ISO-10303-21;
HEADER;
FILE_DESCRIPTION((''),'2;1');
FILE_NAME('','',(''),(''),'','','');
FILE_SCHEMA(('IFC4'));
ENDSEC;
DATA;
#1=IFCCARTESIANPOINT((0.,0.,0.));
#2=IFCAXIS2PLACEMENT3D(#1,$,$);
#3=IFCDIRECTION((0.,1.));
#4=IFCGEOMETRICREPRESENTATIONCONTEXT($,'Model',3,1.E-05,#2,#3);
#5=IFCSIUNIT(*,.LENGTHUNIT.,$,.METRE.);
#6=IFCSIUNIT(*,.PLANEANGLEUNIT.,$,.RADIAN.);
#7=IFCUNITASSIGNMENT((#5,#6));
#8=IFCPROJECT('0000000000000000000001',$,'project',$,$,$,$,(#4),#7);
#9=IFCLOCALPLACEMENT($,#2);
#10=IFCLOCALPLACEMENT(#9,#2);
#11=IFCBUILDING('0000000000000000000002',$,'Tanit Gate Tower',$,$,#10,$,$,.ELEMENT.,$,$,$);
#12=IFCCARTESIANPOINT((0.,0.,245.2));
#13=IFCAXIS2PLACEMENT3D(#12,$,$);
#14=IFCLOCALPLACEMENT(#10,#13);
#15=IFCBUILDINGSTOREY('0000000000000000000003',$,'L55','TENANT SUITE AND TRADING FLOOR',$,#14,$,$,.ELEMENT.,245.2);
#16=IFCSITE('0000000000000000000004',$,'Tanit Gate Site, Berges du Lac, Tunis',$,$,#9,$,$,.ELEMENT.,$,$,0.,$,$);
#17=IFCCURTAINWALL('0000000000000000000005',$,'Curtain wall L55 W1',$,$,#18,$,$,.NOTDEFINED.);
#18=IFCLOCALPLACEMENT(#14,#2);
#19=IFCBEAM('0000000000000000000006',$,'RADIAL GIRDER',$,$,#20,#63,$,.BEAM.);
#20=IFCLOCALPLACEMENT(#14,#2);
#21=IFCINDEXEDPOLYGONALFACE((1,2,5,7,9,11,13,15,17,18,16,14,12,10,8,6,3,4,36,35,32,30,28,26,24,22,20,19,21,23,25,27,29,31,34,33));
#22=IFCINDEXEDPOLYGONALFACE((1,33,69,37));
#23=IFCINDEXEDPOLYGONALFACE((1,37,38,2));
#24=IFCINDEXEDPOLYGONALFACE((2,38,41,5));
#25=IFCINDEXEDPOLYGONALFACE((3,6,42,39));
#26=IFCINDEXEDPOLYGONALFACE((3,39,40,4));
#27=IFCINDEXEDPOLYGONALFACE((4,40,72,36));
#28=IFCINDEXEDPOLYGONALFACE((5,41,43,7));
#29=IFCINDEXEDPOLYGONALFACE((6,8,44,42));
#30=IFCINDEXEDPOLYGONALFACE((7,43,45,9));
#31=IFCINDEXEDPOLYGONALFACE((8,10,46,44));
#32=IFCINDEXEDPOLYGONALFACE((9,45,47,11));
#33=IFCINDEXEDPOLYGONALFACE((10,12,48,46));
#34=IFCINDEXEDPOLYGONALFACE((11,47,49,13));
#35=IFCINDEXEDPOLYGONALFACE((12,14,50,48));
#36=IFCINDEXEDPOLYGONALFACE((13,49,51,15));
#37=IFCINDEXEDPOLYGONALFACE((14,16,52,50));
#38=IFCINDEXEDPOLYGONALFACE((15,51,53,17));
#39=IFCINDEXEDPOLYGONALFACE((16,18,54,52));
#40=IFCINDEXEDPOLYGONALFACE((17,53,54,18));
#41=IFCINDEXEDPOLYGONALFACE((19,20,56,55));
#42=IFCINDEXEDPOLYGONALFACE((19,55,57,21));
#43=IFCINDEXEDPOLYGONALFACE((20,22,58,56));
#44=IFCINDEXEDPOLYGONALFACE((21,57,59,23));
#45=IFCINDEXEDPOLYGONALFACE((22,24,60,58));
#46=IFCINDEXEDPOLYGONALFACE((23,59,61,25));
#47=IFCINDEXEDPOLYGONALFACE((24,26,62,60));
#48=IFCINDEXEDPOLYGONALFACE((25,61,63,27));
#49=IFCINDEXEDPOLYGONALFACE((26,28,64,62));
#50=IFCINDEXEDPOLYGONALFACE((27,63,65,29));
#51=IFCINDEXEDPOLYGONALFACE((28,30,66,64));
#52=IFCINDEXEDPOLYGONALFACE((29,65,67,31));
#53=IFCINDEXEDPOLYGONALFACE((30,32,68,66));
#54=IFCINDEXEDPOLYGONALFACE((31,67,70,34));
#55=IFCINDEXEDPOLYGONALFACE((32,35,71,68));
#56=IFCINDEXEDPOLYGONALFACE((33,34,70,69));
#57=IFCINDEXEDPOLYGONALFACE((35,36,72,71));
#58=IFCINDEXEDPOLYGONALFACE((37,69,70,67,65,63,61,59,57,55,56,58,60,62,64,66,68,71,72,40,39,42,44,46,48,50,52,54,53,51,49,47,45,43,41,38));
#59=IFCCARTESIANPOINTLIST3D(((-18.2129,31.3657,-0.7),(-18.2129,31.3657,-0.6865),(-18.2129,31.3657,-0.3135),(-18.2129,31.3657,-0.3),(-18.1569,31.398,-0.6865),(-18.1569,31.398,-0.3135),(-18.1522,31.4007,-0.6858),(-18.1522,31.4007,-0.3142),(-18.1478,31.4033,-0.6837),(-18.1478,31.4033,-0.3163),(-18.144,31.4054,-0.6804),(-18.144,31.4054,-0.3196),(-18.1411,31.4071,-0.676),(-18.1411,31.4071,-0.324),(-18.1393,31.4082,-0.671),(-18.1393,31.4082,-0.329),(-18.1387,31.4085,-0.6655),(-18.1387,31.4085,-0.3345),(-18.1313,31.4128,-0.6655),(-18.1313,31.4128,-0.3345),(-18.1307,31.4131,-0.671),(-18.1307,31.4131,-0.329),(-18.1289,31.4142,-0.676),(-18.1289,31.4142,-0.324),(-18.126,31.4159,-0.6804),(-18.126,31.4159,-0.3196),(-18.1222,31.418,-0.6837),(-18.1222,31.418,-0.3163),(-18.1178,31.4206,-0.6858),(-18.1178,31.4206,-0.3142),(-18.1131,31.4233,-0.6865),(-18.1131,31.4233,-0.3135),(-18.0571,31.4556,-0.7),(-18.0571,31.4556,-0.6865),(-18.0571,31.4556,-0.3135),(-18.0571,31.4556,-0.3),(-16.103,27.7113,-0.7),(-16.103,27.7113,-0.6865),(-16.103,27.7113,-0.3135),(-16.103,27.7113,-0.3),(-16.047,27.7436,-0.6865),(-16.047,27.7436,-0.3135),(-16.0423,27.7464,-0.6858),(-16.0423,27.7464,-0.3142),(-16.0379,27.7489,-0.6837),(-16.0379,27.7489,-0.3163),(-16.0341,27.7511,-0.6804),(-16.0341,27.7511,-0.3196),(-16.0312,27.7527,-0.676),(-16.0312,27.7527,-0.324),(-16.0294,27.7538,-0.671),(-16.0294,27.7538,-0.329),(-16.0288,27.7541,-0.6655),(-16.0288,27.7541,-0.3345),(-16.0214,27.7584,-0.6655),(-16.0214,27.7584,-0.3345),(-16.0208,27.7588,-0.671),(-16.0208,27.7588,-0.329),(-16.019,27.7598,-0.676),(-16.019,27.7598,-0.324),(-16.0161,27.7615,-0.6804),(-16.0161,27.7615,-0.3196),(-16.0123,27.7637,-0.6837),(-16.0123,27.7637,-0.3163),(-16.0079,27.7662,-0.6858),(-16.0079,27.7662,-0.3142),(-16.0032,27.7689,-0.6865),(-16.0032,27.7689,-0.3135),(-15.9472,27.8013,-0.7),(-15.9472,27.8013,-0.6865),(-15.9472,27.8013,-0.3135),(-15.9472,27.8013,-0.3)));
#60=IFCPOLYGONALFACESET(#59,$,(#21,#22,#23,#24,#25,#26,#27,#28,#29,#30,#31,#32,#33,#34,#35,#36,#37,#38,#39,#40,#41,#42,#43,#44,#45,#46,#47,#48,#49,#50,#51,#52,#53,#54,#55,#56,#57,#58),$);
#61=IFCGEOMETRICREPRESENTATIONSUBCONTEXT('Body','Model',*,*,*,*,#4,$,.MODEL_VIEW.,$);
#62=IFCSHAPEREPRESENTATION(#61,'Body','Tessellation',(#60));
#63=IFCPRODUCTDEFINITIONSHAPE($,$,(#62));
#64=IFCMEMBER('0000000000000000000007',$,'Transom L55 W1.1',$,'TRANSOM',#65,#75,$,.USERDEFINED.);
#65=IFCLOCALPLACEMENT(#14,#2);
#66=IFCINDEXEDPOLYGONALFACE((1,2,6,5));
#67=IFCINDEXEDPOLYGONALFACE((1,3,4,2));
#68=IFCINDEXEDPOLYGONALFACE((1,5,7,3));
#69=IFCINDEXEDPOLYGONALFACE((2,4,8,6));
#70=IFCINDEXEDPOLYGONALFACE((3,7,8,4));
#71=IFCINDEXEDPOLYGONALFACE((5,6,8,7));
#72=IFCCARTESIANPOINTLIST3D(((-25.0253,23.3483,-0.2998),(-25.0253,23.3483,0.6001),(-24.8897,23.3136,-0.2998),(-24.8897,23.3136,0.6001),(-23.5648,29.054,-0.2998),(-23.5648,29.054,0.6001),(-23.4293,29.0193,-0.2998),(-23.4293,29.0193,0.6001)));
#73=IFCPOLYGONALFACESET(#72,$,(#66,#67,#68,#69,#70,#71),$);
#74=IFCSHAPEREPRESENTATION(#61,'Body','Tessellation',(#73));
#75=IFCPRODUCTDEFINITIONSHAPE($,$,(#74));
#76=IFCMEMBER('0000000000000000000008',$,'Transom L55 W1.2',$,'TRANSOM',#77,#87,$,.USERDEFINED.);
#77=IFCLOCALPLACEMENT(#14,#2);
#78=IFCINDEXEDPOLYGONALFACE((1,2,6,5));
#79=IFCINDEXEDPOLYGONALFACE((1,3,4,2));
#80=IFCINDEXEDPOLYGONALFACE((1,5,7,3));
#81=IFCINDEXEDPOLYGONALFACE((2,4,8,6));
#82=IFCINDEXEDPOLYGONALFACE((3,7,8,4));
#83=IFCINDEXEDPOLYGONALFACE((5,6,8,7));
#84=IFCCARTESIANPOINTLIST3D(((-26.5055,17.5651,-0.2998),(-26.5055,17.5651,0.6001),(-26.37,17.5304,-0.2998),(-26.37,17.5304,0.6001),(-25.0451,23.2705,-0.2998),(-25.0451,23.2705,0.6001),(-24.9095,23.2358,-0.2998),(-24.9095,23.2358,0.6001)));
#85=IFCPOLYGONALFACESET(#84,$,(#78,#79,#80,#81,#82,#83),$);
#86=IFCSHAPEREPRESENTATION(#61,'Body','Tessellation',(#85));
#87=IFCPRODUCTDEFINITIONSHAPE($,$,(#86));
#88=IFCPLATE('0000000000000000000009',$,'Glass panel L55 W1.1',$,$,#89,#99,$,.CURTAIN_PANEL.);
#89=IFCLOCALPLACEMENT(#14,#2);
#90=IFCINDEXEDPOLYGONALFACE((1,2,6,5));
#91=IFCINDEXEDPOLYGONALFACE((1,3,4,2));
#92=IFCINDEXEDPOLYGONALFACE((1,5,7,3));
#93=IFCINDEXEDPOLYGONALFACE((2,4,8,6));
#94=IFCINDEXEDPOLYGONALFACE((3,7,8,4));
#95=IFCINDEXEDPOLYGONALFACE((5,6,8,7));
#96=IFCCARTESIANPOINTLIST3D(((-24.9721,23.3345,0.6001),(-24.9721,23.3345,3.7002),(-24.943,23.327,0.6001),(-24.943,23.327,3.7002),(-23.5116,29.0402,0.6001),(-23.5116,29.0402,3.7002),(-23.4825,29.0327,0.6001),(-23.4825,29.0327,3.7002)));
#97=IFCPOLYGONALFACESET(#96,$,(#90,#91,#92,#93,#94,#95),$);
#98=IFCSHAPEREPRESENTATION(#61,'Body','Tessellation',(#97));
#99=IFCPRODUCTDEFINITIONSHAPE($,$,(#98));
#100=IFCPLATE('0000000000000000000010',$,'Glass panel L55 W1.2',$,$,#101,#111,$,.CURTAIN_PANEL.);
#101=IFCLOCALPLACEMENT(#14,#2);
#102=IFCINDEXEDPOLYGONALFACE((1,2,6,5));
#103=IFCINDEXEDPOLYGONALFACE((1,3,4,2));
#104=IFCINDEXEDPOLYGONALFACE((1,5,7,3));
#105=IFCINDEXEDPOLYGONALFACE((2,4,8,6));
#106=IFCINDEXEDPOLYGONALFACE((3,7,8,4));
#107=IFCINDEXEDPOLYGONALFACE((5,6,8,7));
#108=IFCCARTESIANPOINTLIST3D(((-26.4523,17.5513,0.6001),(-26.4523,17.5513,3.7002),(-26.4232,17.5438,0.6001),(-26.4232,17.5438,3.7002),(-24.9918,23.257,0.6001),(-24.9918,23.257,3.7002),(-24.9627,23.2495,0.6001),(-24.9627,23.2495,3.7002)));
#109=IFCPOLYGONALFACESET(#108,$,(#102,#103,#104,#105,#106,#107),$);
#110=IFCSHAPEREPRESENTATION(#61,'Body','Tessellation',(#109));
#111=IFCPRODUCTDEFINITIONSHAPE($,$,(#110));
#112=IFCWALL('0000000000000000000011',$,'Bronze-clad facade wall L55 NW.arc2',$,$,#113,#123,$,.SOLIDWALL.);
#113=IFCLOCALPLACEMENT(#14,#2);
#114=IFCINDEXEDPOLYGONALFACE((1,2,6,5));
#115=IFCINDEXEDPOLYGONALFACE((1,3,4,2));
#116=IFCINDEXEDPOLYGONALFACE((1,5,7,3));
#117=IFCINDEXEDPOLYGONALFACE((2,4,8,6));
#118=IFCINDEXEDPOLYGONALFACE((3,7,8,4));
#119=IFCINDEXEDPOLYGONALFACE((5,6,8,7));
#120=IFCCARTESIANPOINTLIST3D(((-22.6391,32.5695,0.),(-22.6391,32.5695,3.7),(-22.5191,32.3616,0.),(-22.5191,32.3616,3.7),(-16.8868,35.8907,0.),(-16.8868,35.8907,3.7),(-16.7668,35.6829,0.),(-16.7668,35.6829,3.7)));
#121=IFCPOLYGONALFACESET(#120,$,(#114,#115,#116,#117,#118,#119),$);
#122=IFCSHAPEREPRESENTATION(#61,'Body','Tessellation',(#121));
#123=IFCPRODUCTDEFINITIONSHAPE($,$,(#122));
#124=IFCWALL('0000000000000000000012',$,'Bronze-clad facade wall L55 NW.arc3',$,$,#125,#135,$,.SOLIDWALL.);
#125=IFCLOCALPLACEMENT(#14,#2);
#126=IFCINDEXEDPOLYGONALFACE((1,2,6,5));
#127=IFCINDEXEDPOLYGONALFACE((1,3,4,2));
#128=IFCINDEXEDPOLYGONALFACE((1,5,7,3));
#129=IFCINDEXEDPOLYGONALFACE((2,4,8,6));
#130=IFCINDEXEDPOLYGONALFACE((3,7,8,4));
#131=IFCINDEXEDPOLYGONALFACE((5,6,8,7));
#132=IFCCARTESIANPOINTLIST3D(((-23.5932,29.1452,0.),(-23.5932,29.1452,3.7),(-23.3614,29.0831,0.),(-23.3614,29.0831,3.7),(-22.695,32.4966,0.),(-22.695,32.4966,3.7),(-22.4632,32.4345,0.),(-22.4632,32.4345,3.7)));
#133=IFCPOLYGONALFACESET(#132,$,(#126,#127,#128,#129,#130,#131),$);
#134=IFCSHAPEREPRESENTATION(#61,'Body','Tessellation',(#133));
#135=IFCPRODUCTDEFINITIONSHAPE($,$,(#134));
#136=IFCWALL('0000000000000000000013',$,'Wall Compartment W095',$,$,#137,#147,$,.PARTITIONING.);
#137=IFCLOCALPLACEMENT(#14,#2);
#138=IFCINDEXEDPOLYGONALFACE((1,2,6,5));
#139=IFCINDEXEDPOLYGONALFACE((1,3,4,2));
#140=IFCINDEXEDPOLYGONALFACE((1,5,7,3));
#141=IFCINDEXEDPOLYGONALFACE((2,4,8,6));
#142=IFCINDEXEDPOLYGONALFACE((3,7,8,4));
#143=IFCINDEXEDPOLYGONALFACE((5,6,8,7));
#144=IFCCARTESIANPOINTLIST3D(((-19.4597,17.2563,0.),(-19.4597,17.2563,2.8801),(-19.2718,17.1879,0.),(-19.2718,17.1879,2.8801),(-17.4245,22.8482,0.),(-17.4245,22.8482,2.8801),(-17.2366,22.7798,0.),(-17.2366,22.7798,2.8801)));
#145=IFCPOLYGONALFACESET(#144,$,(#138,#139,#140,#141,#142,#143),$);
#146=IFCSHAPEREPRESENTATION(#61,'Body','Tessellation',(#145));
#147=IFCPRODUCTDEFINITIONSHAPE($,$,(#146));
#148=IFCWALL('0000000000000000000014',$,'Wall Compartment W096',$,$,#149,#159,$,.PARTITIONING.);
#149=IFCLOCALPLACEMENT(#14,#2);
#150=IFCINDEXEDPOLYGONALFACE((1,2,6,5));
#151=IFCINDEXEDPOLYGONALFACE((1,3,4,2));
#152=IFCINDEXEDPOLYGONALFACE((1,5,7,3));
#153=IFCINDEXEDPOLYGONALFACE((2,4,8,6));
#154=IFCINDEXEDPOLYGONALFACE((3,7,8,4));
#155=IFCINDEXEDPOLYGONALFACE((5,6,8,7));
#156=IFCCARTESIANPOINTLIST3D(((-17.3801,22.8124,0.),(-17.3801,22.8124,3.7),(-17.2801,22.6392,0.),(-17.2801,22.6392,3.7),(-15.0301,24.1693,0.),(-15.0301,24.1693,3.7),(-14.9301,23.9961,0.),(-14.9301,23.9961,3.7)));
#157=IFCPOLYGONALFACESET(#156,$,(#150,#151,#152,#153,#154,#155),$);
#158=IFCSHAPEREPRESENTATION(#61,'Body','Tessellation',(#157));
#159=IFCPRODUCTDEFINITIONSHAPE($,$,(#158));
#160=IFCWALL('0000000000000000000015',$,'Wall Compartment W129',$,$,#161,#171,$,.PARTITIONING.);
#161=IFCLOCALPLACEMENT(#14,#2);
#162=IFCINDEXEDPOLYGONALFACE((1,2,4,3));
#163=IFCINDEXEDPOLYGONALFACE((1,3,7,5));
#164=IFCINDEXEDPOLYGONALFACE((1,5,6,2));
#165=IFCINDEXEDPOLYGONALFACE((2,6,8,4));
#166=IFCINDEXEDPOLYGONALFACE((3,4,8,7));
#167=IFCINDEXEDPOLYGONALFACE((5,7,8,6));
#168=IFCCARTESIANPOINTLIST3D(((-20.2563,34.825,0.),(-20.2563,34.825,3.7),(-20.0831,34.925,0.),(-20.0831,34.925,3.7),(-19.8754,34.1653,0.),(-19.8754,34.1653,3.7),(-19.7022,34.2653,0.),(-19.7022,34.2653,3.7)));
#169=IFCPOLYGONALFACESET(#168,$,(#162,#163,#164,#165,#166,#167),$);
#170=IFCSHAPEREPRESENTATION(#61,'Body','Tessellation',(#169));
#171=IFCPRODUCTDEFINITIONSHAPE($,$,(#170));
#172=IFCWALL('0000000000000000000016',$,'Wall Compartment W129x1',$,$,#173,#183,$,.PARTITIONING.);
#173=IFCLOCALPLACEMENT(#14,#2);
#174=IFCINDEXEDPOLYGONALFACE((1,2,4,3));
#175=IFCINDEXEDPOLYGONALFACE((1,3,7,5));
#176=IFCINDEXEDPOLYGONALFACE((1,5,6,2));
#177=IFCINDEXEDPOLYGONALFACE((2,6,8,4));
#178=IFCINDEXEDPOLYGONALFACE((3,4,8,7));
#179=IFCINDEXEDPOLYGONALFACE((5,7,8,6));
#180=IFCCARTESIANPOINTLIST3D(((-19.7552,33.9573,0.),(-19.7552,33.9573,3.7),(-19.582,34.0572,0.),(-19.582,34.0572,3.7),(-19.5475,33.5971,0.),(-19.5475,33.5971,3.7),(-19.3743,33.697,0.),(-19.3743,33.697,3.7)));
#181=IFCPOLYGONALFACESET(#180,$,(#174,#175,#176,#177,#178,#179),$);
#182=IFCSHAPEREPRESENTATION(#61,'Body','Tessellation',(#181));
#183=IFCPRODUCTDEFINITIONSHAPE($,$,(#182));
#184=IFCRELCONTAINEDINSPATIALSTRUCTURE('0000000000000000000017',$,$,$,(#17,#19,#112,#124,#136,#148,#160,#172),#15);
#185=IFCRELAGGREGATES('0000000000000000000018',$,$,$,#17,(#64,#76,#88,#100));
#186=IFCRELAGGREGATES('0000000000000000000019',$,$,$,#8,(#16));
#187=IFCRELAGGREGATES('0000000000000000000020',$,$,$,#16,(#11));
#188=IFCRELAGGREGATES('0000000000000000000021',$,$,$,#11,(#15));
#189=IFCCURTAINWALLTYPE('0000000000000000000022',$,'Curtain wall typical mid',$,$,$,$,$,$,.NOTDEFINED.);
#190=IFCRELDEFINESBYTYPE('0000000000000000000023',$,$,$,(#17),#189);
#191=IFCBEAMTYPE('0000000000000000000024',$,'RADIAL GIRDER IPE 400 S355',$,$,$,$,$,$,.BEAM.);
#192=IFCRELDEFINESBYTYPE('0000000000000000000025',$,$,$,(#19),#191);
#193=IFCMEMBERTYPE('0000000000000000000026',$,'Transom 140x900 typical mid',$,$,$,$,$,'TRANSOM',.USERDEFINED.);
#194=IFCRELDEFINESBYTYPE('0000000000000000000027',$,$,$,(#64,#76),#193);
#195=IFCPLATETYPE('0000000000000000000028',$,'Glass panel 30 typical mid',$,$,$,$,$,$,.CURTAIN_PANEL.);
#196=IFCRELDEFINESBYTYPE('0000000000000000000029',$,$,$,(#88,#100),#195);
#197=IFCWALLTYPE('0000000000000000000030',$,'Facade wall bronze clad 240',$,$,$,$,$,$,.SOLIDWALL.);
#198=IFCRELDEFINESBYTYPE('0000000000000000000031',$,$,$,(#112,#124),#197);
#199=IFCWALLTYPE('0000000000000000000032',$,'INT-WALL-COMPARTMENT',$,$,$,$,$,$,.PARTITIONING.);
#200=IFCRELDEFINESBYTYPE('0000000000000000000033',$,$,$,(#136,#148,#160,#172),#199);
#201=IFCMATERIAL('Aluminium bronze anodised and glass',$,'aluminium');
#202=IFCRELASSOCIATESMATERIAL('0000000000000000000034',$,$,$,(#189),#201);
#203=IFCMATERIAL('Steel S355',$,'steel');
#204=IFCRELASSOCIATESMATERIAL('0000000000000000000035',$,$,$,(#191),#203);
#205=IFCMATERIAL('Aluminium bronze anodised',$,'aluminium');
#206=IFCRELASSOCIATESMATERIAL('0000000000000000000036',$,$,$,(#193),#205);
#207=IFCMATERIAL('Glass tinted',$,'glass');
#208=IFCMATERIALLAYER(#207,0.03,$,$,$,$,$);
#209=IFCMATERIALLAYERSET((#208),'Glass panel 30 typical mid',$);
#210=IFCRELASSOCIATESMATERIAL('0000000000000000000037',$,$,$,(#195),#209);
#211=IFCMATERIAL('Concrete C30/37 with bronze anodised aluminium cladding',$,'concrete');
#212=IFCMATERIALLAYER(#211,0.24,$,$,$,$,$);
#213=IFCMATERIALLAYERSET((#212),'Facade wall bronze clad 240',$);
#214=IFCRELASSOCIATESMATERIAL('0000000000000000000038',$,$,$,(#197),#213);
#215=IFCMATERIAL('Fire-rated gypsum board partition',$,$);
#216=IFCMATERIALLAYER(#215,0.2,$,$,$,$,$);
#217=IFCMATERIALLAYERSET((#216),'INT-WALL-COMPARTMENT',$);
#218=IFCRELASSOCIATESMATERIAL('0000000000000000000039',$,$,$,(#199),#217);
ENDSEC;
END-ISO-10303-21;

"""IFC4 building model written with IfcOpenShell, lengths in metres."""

from ifc_helpers import new_model, si_unit, direction, frame, frame_2d, origin, origin_2d, place, context, subcontext, project, spatial, rectangle, i_section, extrude, material, layer, layer_set, material_profile, profile_set, type_object, element, aggregate, save


model = new_model("IFC4")

# Units and contexts
model_context = context("Model", 3, precision=1e-05, world=origin(), true_north=direction((0.0, 1.0)))
body_context = subcontext(model_context, "Body", "Model", "MODEL_VIEW")
ifc_project = project(units=[si_unit("LENGTHUNIT", "METRE"), si_unit("PLANEANGLEUNIT", "RADIAN")], contexts=[model_context])

# Site, building, storey
site_placement = place(None, origin())
site = spatial("IfcSite", under=ifc_project, at=site_placement, Name="Tanit Gate Site, Berges du Lac, Tunis", CompositionType="ELEMENT", RefElevation=0.0)
building_placement = place(site_placement, origin())
building = spatial("IfcBuilding", under=site, at=building_placement, Name="Tanit Gate Tower", CompositionType="ELEMENT")
storey_placement = place(building_placement, frame((0.0, 0.0, 245.2)))
storey = spatial("IfcBuildingStorey", under=building, at=storey_placement, Name="L55", Description="TENANT SUITE AND TRADING FLOOR", CompositionType="ELEMENT", Elevation=245.2)

# Curtain wall
ifc_material_1 = material(Name="Aluminium bronze anodised and glass", Category="aluminium")
curtain_wall_type = type_object("IfcCurtainWallType", Name="Curtain wall typical mid", PredefinedType="NOTDEFINED", material=ifc_material_1)
curtain_wall_placement = place(storey_placement, origin())
curtain_wall = element("IfcCurtainWall", 1, at=curtain_wall_placement, inside=storey, type_object=curtain_wall_type, Name="Curtain wall L55 W1", PredefinedType="NOTDEFINED")

# Beam
ifc_material_2 = material(Name="Steel S355", Category="steel")
ifc_material_profile_1 = material_profile(ifc_material_2, i_section(OverallWidth=0.1799, OverallDepth=0.3999, WebThickness=0.0085, FlangeThickness=0.0134, FilletRadius=0.021, at=origin_2d()), Name="IPE 400")
ifc_profile_set_1 = profile_set([ifc_material_profile_1], Name="Steel S355")
beam_type_1 = type_object("IfcBeamType", Name="RADIAL GIRDER IPE 400 S355", PredefinedType="BEAM", material=ifc_profile_set_1)
beam_1_placement = place(storey_placement, frame((-18.135, 31.4106, -0.5), z_axis=(0.50001, -0.86602, 0.0), x_axis=(0.86602, 0.50001, 0.0)))
element("IfcBeam", 2, at=beam_1_placement, inside=storey, type_object=beam_type_1, Name="RADIAL GIRDER", PredefinedType="BEAM", context=body_context, shape_type="SweptSolid", body=[
    extrude(i_section(OverallWidth=0.1799, OverallDepth=0.3999, WebThickness=0.0085, FlangeThickness=0.0134, FilletRadius=0.021, at=origin_2d()), origin(), (0.0, 0.0, 1.0), 4.2197),
])

# Members
ifc_material_3 = material(Name="Aluminium bronze anodised", Category="aluminium")
ifc_material_profile_2 = material_profile(ifc_material_3, rectangle(XDim=0.1399, YDim=0.8999, at=origin_2d()), Name="140x900 bronze transom")
ifc_profile_set_2 = profile_set([ifc_material_profile_2], Name="Aluminium bronze anodised")
member_type_1 = type_object("IfcMemberType", Name="Transom 140x900 typical mid", ElementType="TRANSOM", PredefinedType="USERDEFINED", material=ifc_profile_set_2)
member_1_placement = place(storey_placement, frame((-23.4971, 29.0366, 0.1501), z_axis=(-0.247964, -0.968769, 0.0), x_axis=(0.968769, -0.247964, 0.0)))
member_1 = element("IfcMember", 3, at=member_1_placement, type_object=member_type_1, Name="Transom L55 W1.1", ObjectType="TRANSOM", PredefinedType="USERDEFINED", context=body_context, shape_type="SweptSolid", body=[
    extrude(rectangle(XDim=0.1399, YDim=0.8999, at=origin_2d()), origin(), (0.0, 0.0, 1.0), 5.8896),
])
member_2_placement = place(storey_placement, frame((-24.9773, 23.2532, 0.1501), z_axis=(-0.247974, -0.968767, 0.0), x_axis=(0.968767, -0.247974, 0.0)))
member_2 = element("IfcMember", 4, at=member_2_placement, type_object=member_type_1, Name="Transom L55 W1.2", ObjectType="TRANSOM", PredefinedType="USERDEFINED", context=body_context, shape_type="SweptSolid", body=[
    extrude(rectangle(XDim=0.1399, YDim=0.8999, at=origin_2d()), origin(), (0.0, 0.0, 1.0), 5.8894),
])

# Plates
ifc_material_4 = material(Name="Glass tinted", Category="glass")
ifc_layer_1 = layer(ifc_material_4, 0.03)
ifc_layer_set_1 = layer_set([ifc_layer_1], Name="Glass panel 30 typical mid")
plate_type = type_object("IfcPlateType", Name="Glass panel 30 typical mid", PredefinedType="CURTAIN_PANEL", material=ifc_layer_set_1)
plate_1_placement = place(storey_placement, frame((-24.2273, 26.1836, 0.6001), z_axis=(0.0, 0.0, 1.0), x_axis=(-0.247974, -0.968767, 0.0)))
plate_1 = element("IfcPlate", 5, at=plate_1_placement, type_object=plate_type, Name="Glass panel L55 W1.1", PredefinedType="CURTAIN_PANEL", context=body_context, shape_type="SweptSolid", body=[
    extrude(rectangle(XDim=5.8896, YDim=0.03, at=origin_2d()), origin(), (0.0, 0.0, 1.0), 3.1001),
])
plate_2_placement = place(storey_placement, frame((-25.7075, 20.4004, 0.6001), z_axis=(0.0, 0.0, 1.0), x_axis=(-0.247974, -0.968767, 0.0)))
plate_2 = element("IfcPlate", 6, at=plate_2_placement, type_object=plate_type, Name="Glass panel L55 W1.2", PredefinedType="CURTAIN_PANEL", context=body_context, shape_type="SweptSolid", body=[
    extrude(rectangle(XDim=5.8896, YDim=0.03, at=origin_2d()), origin(), (0.0, 0.0, 1.0), 3.1001),
])
aggregate(curtain_wall, [member_1, member_2, plate_1, plate_2])

# Walls
ifc_material_5 = material(Name="Concrete C30/37 with bronze anodised aluminium cladding", Category="concrete")
ifc_layer_2 = layer(ifc_material_5, 0.24)
ifc_layer_set_2 = layer_set([ifc_layer_2], Name="Facade wall bronze clad 240")
wall_type_1 = type_object("IfcWallType", Name="Facade wall bronze clad 240", PredefinedType="SOLIDWALL", material=ifc_layer_set_2)
wall_1_placement = place(storey_placement, frame((-16.8267, 35.7869, 0.0), z_axis=(0.0, 0.0, 1.0), x_axis=(-0.866018, -0.500013, 0.0)))
element("IfcWall", 7, at=wall_1_placement, inside=storey, type_object=wall_type_1, Name="Bronze-clad facade wall L55 NW.arc2", PredefinedType="SOLIDWALL", context=body_context, shape_type="SweptSolid", body=[
    extrude(rectangle(XDim=6.6423, YDim=0.24, at=frame_2d((3.3213, 0.0))), origin(), (0.0, 0.0, 1.0), 3.7),
])
wall_2_placement = place(storey_placement, frame((-22.5791, 32.4656, 0.0), z_axis=(0.0, 0.0, 1.0), x_axis=(-0.258858, -0.965915, 0.0)))
element("IfcWall", 8, at=wall_2_placement, inside=storey, type_object=wall_type_1, Name="Bronze-clad facade wall L55 NW.arc3", PredefinedType="SOLIDWALL", context=body_context, shape_type="SweptSolid", body=[
    extrude(rectangle(XDim=3.4697, YDim=0.24, at=frame_2d((1.7349, 0.0))), origin(), (0.0, 0.0, 1.0), 3.7),
])
ifc_material_6 = material(Name="Fire-rated gypsum board partition")
ifc_layer_3 = layer(ifc_material_6, 0.2)
ifc_layer_set_3 = layer_set([ifc_layer_3], Name="INT-WALL-COMPARTMENT")
wall_type_2 = type_object("IfcWallType", Name="INT-WALL-COMPARTMENT", PredefinedType="PARTITIONING", material=ifc_layer_set_3)
wall_3_placement = place(storey_placement, frame((-17.3306, 22.814, 0.0), z_axis=(0.0, 0.0, 1.0), x_axis=(-0.342007, -0.939698, 0.0)))
element("IfcWall", 9, at=wall_3_placement, inside=storey, type_object=wall_type_2, Name="Wall Compartment W095", PredefinedType="PARTITIONING", context=body_context, shape_type="SweptSolid", body=[
    extrude(rectangle(XDim=5.9507, YDim=0.2, at=frame_2d((2.9753, 0.0))), origin(), (0.0, 0.0, 1.0), 2.8801),
])
wall_4_placement = place(storey_placement, frame((-14.98, 24.0828, 0.0), z_axis=(0.0, 0.0, 1.0), x_axis=(-0.866009, -0.500029, 0.0)))
element("IfcWall", 10, at=wall_4_placement, inside=storey, type_object=wall_type_2, Name="Wall Compartment W096", PredefinedType="PARTITIONING", context=body_context, shape_type="SweptSolid", body=[
    extrude(rectangle(XDim=2.7136, YDim=0.2, at=frame_2d((1.3569, 0.0))), origin(), (0.0, 0.0, 1.0), 3.7),
])
wall_5_placement = place(storey_placement, frame((-20.1697, 34.875, 0.0), z_axis=(0.0, 0.0, 1.0), x_axis=(0.5, -0.866025, 0.0)))
element("IfcWall", 11, at=wall_5_placement, inside=storey, type_object=wall_type_2, Name="Wall Compartment W129", PredefinedType="PARTITIONING", context=body_context, shape_type="SweptSolid", body=[
    extrude(rectangle(XDim=0.7617, YDim=0.2, at=frame_2d((0.3809, 0.0))), origin(), (0.0, 0.0, 1.0), 3.7),
])
wall_6_placement = place(storey_placement, frame((-19.6687, 34.0073, 0.0), z_axis=(0.0, 0.0, 1.0), x_axis=(0.499739, -0.866176, 0.0)))
element("IfcWall", 12, at=wall_6_placement, inside=storey, type_object=wall_type_2, Name="Wall Compartment W129x1", PredefinedType="PARTITIONING", context=body_context, shape_type="SweptSolid", body=[
    extrude(rectangle(XDim=0.4158, YDim=0.2, at=frame_2d((0.208, 0.0))), origin(), (0.0, 0.0, 1.0), 3.7),
])

save(model, "model.ifc")
